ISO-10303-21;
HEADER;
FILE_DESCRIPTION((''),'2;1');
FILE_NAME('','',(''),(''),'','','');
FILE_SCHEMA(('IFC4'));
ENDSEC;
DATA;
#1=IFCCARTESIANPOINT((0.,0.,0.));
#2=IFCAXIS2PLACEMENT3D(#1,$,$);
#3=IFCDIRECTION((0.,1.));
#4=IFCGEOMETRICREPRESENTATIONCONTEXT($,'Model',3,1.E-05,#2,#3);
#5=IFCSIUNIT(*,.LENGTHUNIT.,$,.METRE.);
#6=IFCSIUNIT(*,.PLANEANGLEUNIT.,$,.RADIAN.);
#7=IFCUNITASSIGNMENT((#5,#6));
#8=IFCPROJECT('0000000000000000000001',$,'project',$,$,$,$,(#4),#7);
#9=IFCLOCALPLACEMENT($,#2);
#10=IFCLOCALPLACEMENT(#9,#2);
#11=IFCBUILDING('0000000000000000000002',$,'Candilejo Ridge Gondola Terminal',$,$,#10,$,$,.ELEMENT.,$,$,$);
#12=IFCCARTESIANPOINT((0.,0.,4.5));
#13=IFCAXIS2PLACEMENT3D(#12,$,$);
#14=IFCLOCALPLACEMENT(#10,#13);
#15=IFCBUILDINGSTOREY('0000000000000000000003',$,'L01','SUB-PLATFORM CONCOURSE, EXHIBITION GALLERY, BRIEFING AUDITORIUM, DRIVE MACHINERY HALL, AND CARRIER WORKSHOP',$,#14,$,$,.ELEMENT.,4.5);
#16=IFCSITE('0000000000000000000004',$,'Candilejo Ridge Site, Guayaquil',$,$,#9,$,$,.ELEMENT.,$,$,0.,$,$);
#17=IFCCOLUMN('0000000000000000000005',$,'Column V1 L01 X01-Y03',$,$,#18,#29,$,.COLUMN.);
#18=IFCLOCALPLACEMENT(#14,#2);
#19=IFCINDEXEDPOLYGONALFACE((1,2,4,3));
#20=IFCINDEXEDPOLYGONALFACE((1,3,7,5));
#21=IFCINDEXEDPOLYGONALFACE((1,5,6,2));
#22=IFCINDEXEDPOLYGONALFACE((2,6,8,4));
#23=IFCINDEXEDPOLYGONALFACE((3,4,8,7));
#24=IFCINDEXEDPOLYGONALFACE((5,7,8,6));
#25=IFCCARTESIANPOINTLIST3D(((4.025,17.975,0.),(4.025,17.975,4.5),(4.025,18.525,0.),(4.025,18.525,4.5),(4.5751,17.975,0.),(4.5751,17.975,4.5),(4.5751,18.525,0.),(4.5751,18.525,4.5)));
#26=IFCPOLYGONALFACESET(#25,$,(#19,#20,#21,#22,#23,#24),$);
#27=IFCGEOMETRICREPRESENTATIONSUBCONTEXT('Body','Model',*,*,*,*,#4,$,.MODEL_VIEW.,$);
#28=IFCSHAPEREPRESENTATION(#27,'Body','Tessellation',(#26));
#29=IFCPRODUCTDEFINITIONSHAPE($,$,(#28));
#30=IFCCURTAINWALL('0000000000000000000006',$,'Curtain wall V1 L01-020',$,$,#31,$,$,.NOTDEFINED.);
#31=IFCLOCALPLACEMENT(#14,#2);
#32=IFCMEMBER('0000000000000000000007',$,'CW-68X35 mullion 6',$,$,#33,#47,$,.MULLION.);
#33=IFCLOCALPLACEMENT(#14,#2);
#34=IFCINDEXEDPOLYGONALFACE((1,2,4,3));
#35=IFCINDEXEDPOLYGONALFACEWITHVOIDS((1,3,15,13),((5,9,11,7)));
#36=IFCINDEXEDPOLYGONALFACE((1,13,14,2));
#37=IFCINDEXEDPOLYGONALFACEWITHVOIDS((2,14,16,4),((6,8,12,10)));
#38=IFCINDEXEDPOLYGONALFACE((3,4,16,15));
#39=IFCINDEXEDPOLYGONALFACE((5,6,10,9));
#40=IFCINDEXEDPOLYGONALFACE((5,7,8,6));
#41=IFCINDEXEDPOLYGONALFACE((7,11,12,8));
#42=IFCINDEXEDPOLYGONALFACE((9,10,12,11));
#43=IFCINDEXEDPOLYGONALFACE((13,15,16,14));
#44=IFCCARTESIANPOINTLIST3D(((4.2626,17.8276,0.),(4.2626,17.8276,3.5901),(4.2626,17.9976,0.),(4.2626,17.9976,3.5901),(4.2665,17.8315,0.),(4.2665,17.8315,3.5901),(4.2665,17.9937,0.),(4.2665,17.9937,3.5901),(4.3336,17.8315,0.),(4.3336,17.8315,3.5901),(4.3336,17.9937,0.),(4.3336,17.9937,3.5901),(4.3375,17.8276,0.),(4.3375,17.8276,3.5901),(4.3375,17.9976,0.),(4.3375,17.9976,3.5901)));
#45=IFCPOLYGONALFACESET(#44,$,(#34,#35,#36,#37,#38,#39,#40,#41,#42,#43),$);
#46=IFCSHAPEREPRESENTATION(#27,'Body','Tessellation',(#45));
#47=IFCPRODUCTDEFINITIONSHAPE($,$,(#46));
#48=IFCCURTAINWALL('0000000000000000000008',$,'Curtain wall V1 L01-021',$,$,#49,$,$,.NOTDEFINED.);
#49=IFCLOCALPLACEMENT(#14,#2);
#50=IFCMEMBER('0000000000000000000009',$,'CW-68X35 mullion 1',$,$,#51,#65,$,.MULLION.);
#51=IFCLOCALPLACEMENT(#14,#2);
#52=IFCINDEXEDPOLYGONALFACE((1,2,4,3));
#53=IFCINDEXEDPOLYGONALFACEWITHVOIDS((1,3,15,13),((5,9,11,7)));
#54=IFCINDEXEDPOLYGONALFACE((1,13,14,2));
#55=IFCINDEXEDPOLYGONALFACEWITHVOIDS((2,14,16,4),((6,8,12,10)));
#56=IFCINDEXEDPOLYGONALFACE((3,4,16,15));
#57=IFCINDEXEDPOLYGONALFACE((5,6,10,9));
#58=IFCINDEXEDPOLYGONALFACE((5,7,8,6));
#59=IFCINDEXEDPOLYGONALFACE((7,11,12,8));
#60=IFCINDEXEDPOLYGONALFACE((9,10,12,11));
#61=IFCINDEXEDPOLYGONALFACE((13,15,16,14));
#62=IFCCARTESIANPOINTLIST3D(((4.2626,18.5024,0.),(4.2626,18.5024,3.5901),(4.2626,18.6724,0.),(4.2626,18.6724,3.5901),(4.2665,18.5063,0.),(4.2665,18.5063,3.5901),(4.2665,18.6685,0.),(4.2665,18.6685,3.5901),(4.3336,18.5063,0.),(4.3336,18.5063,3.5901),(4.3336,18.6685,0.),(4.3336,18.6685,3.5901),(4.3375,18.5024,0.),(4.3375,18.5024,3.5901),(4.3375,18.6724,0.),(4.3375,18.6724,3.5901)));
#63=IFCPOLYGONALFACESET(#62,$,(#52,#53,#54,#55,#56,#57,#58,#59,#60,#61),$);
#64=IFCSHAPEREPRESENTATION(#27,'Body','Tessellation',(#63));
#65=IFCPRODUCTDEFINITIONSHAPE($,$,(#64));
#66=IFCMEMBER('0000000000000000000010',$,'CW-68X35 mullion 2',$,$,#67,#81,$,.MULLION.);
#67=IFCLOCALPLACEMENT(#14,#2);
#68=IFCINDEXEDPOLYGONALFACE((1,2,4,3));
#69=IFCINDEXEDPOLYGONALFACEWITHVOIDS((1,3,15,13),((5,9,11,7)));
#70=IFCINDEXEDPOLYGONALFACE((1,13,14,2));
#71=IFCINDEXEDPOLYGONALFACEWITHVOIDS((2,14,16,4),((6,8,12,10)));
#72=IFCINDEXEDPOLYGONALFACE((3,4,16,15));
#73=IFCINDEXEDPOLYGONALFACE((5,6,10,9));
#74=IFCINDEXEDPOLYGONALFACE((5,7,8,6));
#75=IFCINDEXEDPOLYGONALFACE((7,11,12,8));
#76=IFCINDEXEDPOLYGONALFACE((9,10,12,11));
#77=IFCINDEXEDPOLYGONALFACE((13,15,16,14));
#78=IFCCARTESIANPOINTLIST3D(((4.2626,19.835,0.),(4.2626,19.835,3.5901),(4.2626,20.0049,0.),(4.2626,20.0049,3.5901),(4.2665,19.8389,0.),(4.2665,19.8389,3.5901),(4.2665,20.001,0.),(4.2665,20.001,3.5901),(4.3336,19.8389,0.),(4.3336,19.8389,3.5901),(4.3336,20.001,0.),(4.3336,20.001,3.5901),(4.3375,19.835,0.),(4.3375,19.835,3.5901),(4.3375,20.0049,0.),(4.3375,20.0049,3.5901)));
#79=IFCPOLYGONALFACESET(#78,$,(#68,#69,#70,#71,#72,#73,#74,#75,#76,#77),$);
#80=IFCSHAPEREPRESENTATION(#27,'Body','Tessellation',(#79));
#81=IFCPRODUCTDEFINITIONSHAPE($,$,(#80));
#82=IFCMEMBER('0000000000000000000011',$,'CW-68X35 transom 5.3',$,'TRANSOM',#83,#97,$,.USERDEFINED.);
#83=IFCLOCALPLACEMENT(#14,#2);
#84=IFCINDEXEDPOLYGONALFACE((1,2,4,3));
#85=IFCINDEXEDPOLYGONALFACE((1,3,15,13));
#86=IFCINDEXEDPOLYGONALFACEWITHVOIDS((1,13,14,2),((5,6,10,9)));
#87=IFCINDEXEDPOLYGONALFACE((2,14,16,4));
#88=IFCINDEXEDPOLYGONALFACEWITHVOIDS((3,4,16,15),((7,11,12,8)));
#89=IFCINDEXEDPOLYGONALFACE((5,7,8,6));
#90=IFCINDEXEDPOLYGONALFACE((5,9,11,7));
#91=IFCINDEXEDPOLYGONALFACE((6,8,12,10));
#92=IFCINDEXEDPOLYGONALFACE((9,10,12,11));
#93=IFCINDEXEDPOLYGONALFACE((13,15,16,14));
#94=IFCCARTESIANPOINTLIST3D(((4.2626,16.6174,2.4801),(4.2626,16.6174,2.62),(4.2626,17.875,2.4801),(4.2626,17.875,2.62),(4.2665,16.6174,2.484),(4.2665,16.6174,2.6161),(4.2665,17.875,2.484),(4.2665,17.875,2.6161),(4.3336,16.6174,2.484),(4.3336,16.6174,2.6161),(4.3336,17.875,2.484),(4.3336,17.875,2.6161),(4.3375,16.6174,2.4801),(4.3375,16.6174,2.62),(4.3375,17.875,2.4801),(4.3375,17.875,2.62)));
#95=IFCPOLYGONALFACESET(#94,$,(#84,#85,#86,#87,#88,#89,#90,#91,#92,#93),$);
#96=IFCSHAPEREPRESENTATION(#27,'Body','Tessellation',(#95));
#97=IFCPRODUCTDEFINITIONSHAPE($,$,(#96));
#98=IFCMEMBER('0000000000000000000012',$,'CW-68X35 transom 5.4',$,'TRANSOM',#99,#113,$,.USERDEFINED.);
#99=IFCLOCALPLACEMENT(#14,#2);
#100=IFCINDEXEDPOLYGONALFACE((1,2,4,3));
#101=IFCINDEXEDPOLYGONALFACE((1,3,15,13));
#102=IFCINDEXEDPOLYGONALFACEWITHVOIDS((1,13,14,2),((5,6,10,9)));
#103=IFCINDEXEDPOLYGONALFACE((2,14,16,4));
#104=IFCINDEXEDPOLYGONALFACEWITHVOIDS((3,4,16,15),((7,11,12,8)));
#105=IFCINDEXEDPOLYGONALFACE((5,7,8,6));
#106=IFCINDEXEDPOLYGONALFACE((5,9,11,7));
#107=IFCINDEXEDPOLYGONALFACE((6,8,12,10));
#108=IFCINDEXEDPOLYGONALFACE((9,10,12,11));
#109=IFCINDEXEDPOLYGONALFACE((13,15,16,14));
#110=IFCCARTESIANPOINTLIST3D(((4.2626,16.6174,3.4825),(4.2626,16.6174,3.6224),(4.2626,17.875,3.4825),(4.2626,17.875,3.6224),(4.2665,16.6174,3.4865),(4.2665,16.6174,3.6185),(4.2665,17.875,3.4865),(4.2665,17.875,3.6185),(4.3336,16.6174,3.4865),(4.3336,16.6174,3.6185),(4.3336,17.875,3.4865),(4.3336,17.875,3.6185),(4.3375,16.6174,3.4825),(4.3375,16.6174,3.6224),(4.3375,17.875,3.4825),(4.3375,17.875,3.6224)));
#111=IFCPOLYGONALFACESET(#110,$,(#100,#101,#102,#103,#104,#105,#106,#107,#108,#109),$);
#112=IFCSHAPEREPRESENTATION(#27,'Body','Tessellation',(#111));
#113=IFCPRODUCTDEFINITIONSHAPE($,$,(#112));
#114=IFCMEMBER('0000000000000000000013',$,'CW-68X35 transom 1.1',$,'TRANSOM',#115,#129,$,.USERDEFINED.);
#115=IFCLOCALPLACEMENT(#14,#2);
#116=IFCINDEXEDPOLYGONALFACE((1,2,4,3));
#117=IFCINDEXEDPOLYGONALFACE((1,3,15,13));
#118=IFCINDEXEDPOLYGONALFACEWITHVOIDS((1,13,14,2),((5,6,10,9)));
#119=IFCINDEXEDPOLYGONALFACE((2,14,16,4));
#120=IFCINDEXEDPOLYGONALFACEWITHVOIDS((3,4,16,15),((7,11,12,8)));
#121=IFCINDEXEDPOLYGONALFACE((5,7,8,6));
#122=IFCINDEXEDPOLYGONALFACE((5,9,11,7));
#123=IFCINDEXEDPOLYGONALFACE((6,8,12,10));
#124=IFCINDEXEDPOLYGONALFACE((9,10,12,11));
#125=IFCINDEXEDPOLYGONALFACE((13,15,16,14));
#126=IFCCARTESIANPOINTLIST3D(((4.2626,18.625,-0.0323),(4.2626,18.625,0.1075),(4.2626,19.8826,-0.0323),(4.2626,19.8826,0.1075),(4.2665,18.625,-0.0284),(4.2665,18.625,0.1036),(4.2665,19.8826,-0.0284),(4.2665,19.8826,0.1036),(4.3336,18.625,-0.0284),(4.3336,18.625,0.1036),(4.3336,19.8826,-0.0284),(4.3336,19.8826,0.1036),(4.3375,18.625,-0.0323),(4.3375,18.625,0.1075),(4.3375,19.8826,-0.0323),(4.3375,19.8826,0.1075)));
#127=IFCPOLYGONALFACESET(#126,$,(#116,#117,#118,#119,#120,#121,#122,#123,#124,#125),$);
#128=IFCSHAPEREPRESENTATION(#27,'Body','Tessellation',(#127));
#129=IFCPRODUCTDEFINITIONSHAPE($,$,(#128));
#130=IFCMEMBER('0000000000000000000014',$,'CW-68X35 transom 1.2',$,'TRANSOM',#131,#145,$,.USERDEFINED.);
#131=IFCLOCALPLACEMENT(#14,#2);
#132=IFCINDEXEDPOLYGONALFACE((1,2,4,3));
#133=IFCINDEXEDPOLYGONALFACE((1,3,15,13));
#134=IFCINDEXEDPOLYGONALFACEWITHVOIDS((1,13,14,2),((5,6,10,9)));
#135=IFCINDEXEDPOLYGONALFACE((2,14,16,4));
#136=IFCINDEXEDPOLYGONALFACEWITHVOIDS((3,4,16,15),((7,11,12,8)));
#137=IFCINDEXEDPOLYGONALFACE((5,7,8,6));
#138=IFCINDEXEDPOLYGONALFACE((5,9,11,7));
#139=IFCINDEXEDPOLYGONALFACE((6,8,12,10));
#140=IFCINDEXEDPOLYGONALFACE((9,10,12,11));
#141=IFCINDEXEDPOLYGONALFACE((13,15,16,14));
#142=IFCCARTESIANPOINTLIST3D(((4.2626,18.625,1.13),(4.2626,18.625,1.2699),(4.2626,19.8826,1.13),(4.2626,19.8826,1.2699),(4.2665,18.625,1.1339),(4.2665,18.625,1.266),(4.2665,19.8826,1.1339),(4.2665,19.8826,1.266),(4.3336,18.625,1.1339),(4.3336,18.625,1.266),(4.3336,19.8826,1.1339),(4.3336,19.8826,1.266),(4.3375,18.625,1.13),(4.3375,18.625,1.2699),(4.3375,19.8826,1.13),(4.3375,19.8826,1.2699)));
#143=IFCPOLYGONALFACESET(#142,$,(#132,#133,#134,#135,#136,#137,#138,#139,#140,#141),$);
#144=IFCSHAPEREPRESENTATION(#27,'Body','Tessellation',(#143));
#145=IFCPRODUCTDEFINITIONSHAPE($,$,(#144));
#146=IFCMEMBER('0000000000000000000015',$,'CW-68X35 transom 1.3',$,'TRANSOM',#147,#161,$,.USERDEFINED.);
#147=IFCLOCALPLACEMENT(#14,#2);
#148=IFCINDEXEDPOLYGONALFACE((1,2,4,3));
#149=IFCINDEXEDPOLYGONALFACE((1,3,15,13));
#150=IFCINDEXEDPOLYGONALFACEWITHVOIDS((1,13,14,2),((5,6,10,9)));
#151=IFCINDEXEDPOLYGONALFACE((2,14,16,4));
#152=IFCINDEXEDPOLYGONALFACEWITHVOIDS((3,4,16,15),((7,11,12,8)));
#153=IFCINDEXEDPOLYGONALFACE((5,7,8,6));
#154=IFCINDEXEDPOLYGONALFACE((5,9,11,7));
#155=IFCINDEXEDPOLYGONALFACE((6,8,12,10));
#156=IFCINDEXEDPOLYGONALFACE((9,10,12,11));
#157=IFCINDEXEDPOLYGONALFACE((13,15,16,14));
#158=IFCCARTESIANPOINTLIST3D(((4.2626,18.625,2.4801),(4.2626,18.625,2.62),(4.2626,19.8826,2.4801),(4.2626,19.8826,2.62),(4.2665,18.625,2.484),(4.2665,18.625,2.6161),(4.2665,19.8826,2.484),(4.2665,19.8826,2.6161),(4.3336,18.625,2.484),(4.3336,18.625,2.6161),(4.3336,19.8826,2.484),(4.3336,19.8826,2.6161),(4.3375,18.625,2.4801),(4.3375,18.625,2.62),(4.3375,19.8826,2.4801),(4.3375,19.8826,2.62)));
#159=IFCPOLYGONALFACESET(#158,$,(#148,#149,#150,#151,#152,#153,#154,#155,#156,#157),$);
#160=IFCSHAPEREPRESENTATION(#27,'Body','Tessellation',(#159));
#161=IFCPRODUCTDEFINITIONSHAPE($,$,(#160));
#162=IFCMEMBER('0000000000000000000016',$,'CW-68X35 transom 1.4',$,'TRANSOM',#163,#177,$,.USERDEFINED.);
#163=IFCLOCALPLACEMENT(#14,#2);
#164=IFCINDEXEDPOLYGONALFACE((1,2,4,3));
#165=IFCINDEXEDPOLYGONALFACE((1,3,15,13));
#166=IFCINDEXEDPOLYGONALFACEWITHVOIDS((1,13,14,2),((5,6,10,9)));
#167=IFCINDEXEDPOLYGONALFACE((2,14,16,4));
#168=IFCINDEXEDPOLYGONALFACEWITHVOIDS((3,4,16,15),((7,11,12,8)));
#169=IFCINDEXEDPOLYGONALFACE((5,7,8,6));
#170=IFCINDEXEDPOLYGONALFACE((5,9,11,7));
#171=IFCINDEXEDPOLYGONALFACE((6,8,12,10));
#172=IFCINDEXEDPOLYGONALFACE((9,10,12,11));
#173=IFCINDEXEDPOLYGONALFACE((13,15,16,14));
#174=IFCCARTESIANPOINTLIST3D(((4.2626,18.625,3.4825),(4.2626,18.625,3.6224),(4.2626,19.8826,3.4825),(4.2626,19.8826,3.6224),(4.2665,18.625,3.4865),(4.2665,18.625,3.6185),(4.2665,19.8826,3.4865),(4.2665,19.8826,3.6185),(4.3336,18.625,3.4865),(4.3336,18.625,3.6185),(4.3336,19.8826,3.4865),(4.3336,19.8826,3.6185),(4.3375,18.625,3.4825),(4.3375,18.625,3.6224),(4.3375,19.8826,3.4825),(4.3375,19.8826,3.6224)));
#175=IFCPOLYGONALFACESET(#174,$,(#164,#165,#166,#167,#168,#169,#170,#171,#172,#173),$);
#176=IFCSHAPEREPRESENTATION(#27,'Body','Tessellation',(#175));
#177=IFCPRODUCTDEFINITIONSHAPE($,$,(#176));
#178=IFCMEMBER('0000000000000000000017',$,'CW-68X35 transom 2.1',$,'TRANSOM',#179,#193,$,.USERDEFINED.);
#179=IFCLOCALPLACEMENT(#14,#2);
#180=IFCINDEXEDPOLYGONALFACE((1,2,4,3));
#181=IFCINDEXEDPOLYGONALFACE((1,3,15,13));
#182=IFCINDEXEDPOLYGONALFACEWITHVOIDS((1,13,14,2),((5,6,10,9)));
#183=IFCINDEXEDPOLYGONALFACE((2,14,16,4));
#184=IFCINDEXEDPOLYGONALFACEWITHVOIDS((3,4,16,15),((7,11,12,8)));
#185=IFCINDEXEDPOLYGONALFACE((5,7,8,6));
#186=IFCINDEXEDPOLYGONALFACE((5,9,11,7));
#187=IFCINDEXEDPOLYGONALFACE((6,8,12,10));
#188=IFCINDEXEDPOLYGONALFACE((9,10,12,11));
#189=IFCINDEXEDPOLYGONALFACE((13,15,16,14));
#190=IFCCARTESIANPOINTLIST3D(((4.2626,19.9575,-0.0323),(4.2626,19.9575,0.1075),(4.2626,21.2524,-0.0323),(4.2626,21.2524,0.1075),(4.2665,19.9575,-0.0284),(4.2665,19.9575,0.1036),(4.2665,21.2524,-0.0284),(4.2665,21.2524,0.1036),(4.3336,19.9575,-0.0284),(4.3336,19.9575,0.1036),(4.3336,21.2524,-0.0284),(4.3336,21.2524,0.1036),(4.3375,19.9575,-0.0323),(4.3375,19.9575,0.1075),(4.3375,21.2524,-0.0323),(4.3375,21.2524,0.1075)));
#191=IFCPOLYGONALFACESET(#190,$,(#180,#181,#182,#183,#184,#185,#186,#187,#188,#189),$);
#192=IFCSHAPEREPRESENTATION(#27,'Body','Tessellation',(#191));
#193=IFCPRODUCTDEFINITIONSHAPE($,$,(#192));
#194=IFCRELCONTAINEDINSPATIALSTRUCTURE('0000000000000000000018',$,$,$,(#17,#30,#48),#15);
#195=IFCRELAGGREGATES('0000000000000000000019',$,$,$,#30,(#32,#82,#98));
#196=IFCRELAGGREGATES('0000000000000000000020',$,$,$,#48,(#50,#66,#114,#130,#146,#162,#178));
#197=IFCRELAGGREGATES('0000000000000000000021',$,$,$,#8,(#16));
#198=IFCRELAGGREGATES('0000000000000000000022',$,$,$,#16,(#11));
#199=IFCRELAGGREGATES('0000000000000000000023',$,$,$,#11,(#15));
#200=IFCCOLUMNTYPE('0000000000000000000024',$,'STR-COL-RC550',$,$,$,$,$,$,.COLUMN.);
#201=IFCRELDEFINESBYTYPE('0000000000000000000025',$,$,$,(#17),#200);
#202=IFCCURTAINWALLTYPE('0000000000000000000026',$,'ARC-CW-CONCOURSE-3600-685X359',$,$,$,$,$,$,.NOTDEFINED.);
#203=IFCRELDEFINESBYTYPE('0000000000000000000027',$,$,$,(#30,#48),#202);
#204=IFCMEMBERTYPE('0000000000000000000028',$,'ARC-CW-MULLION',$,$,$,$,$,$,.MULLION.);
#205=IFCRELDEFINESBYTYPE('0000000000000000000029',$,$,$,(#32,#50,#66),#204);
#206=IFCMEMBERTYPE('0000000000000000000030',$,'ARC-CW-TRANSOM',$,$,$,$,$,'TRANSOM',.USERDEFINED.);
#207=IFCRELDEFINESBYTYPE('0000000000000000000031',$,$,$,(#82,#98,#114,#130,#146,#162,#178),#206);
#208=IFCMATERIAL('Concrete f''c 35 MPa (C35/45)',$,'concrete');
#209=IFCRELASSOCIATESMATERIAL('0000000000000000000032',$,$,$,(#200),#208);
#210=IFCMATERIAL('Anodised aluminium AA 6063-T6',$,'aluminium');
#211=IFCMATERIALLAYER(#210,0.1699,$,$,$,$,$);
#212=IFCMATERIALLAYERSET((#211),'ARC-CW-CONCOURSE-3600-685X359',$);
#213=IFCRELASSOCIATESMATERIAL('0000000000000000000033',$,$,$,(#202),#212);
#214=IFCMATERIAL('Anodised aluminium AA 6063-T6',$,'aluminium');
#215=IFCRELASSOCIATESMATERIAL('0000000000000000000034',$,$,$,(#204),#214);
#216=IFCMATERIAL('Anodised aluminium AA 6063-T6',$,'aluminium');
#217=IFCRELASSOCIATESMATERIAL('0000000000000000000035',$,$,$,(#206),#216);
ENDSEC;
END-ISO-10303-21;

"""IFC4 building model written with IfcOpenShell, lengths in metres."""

from ifc_helpers import new_model, si_unit, direction, frame, origin, origin_2d, place, context, subcontext, project, spatial, rectangle, hollow_rectangle, extrude, material, layer, layer_set, material_profile, profile_set, type_object, element, aggregate, save


model = new_model("IFC4")

# Units and contexts
model_context = context("Model", 3, precision=1e-05, world=origin(), true_north=direction((0.0, 1.0)))
body_context = subcontext(model_context, "Body", "Model", "MODEL_VIEW")
ifc_project = project(units=[si_unit("LENGTHUNIT", "METRE"), si_unit("PLANEANGLEUNIT", "RADIAN")], contexts=[model_context])

# Site, building, storey
site_placement = place(None, origin())
site = spatial("IfcSite", under=ifc_project, at=site_placement, Name="Candilejo Ridge Site, Guayaquil", CompositionType="ELEMENT", RefElevation=0.0)
building_placement = place(site_placement, origin())
building = spatial("IfcBuilding", under=site, at=building_placement, Name="Candilejo Ridge Gondola Terminal", CompositionType="ELEMENT")
storey_placement = place(building_placement, frame((0.0, 0.0, 4.5)))
storey = spatial("IfcBuildingStorey", under=building, at=storey_placement, Name="L01", Description="SUB-PLATFORM CONCOURSE, EXHIBITION GALLERY, BRIEFING AUDITORIUM, DRIVE MACHINERY HALL, AND CARRIER WORKSHOP", CompositionType="ELEMENT", Elevation=4.5)

# Column
ifc_material_1 = material(Name="Concrete f'c 35 MPa (C35/45)", Category="concrete")
ifc_material_profile_1 = material_profile(ifc_material_1, rectangle(XDim=0.55, YDim=0.55, at=origin_2d()))
ifc_profile_set_1 = profile_set([ifc_material_profile_1], Name="Concrete f'c 35 MPa (C35/45)")
column_type = type_object("IfcColumnType", Name="STR-COL-RC550", PredefinedType="COLUMN", material=ifc_profile_set_1)
column_placement = place(storey_placement, frame((4.3, 18.25, 0.0), z_axis=(0.0, 0.0, 1.0), x_axis=(1.0, 0.0, 0.0)))
element("IfcColumn", 1, at=column_placement, inside=storey, type_object=column_type, Name="Column V1 L01 X01-Y03", PredefinedType="COLUMN", context=body_context, shape_type="SweptSolid", body=[
    extrude(rectangle(XDim=0.55, YDim=0.55, at=origin_2d()), origin(), (0.0, 0.0, 1.0), 4.5),
])

# Curtain wall, member
ifc_material_2 = material(Name="Anodised aluminium AA 6063-T6", Category="aluminium")
ifc_layer_1 = layer(ifc_material_2, 0.1699)
ifc_layer_set_1 = layer_set([ifc_layer_1], Name="ARC-CW-CONCOURSE-3600-685X359")
curtain_wall_type = type_object("IfcCurtainWallType", Name="ARC-CW-CONCOURSE-3600-685X359", PredefinedType="NOTDEFINED", material=ifc_layer_set_1)
curtain_wall_1_placement = place(storey_placement, origin())
curtain_wall_1 = element("IfcCurtainWall", 2, at=curtain_wall_1_placement, inside=storey, type_object=curtain_wall_type, Name="Curtain wall V1 L01-020", PredefinedType="NOTDEFINED")
ifc_material_3 = material(Name="Anodised aluminium AA 6063-T6", Category="aluminium")
ifc_material_profile_2 = material_profile(ifc_material_3, hollow_rectangle(XDim=0.075, YDim=0.1699, WallThickness=0.0039, at=origin_2d()))
ifc_profile_set_2 = profile_set([ifc_material_profile_2], Name="Anodised aluminium AA 6063-T6")
member_type_1 = type_object("IfcMemberType", Name="ARC-CW-MULLION", PredefinedType="MULLION", material=ifc_profile_set_2)
member_1_placement = place(storey_placement, frame((4.3, 17.9126, 0.0), z_axis=(0.0, 0.0, 1.0), x_axis=(-1.0, 0.0, 0.0)))
member_1 = element("IfcMember", 3, at=member_1_placement, type_object=member_type_1, Name="CW-68X35 mullion 6", PredefinedType="MULLION", context=body_context, shape_type="SweptSolid", body=[
    extrude(hollow_rectangle(XDim=0.075, YDim=0.1699, WallThickness=0.0039, at=origin_2d()), origin(), (0.0, 0.0, 1.0), 3.5901),
])

# Curtain wall, members
curtain_wall_2_placement = place(storey_placement, origin())
curtain_wall_2 = element("IfcCurtainWall", 4, at=curtain_wall_2_placement, inside=storey, type_object=curtain_wall_type, Name="Curtain wall V1 L01-021", PredefinedType="NOTDEFINED")
member_2_placement = place(storey_placement, frame((4.3, 18.5874, 0.0), z_axis=(0.0, 0.0, 1.0), x_axis=(-1.0, 0.0, 0.0)))
member_2 = element("IfcMember", 5, at=member_2_placement, type_object=member_type_1, Name="CW-68X35 mullion 1", PredefinedType="MULLION", context=body_context, shape_type="SweptSolid", body=[
    extrude(hollow_rectangle(XDim=0.075, YDim=0.1699, WallThickness=0.0039, at=origin_2d()), origin(), (0.0, 0.0, 1.0), 3.5901),
])
member_3_placement = place(storey_placement, frame((4.3, 19.9199, 0.0), z_axis=(0.0, 0.0, 1.0), x_axis=(-1.0, 0.0, 0.0)))
member_3 = element("IfcMember", 6, at=member_3_placement, type_object=member_type_1, Name="CW-68X35 mullion 2", PredefinedType="MULLION", context=body_context, shape_type="SweptSolid", body=[
    extrude(hollow_rectangle(XDim=0.075, YDim=0.1699, WallThickness=0.0039, at=origin_2d()), origin(), (0.0, 0.0, 1.0), 3.5901),
])

# Members
ifc_material_4 = material(Name="Anodised aluminium AA 6063-T6", Category="aluminium")
ifc_material_profile_3 = material_profile(ifc_material_4, hollow_rectangle(XDim=0.075, YDim=0.1399, WallThickness=0.0039, at=origin_2d()))
ifc_profile_set_3 = profile_set([ifc_material_profile_3], Name="Anodised aluminium AA 6063-T6")
member_type_2 = type_object("IfcMemberType", Name="ARC-CW-TRANSOM", ElementType="TRANSOM", PredefinedType="USERDEFINED", material=ifc_profile_set_3)
member_4_placement = place(storey_placement, frame((4.3, 16.6174, 2.55), z_axis=(0.0, 1.0, 0.0), x_axis=(-1.0, 0.0, 0.0)))
member_4 = element("IfcMember", 7, at=member_4_placement, type_object=member_type_2, Name="CW-68X35 transom 5.3", ObjectType="TRANSOM", PredefinedType="USERDEFINED", context=body_context, shape_type="SweptSolid", body=[
    extrude(hollow_rectangle(XDim=0.075, YDim=0.1399, WallThickness=0.0039, at=origin_2d()), origin(), (0.0, 0.0, 1.0), 1.2576),
])
member_5_placement = place(storey_placement, frame((4.3, 16.6174, 3.5525), z_axis=(0.0, 1.0, 0.0), x_axis=(-1.0, 0.0, 0.0)))
member_5 = element("IfcMember", 8, at=member_5_placement, type_object=member_type_2, Name="CW-68X35 transom 5.4", ObjectType="TRANSOM", PredefinedType="USERDEFINED", context=body_context, shape_type="SweptSolid", body=[
    extrude(hollow_rectangle(XDim=0.075, YDim=0.1399, WallThickness=0.0039, at=origin_2d()), origin(), (0.0, 0.0, 1.0), 1.2576),
])
member_6_placement = place(storey_placement, frame((4.3, 18.625, 0.0376), z_axis=(0.0, 1.0, 0.0), x_axis=(-1.0, 0.0, 0.0)))
member_6 = element("IfcMember", 9, at=member_6_placement, type_object=member_type_2, Name="CW-68X35 transom 1.1", ObjectType="TRANSOM", PredefinedType="USERDEFINED", context=body_context, shape_type="SweptSolid", body=[
    extrude(hollow_rectangle(XDim=0.075, YDim=0.1399, WallThickness=0.0039, at=origin_2d()), origin(), (0.0, 0.0, 1.0), 1.2576),
])
member_7_placement = place(storey_placement, frame((4.3, 18.625, 1.2), z_axis=(0.0, 1.0, 0.0), x_axis=(-1.0, 0.0, 0.0)))
member_7 = element("IfcMember", 10, at=member_7_placement, type_object=member_type_2, Name="CW-68X35 transom 1.2", ObjectType="TRANSOM", PredefinedType="USERDEFINED", context=body_context, shape_type="SweptSolid", body=[
    extrude(hollow_rectangle(XDim=0.075, YDim=0.1399, WallThickness=0.0039, at=origin_2d()), origin(), (0.0, 0.0, 1.0), 1.2576),
])
member_8_placement = place(storey_placement, frame((4.3, 18.625, 2.55), z_axis=(0.0, 1.0, 0.0), x_axis=(-1.0, 0.0, 0.0)))
member_8 = element("IfcMember", 11, at=member_8_placement, type_object=member_type_2, Name="CW-68X35 transom 1.3", ObjectType="TRANSOM", PredefinedType="USERDEFINED", context=body_context, shape_type="SweptSolid", body=[
    extrude(hollow_rectangle(XDim=0.075, YDim=0.1399, WallThickness=0.0039, at=origin_2d()), origin(), (0.0, 0.0, 1.0), 1.2576),
])
member_9_placement = place(storey_placement, frame((4.3, 18.625, 3.5525), z_axis=(0.0, 1.0, 0.0), x_axis=(-1.0, 0.0, 0.0)))
member_9 = element("IfcMember", 12, at=member_9_placement, type_object=member_type_2, Name="CW-68X35 transom 1.4", ObjectType="TRANSOM", PredefinedType="USERDEFINED", context=body_context, shape_type="SweptSolid", body=[
    extrude(hollow_rectangle(XDim=0.075, YDim=0.1399, WallThickness=0.0039, at=origin_2d()), origin(), (0.0, 0.0, 1.0), 1.2576),
])
member_10_placement = place(storey_placement, frame((4.3, 19.9575, 0.0376), z_axis=(0.0, 1.0, 0.0), x_axis=(-1.0, 0.0, 0.0)))
member_10 = element("IfcMember", 13, at=member_10_placement, type_object=member_type_2, Name="CW-68X35 transom 2.1", ObjectType="TRANSOM", PredefinedType="USERDEFINED", context=body_context, shape_type="SweptSolid", body=[
    extrude(hollow_rectangle(XDim=0.075, YDim=0.1399, WallThickness=0.0039, at=origin_2d()), origin(), (0.0, 0.0, 1.0), 1.2949),
])

aggregate(curtain_wall_1, [member_1, member_4, member_5])
aggregate(curtain_wall_2, [member_2, member_3, member_6, member_7, member_8, member_9, member_10])

save(model, "model.ifc")
